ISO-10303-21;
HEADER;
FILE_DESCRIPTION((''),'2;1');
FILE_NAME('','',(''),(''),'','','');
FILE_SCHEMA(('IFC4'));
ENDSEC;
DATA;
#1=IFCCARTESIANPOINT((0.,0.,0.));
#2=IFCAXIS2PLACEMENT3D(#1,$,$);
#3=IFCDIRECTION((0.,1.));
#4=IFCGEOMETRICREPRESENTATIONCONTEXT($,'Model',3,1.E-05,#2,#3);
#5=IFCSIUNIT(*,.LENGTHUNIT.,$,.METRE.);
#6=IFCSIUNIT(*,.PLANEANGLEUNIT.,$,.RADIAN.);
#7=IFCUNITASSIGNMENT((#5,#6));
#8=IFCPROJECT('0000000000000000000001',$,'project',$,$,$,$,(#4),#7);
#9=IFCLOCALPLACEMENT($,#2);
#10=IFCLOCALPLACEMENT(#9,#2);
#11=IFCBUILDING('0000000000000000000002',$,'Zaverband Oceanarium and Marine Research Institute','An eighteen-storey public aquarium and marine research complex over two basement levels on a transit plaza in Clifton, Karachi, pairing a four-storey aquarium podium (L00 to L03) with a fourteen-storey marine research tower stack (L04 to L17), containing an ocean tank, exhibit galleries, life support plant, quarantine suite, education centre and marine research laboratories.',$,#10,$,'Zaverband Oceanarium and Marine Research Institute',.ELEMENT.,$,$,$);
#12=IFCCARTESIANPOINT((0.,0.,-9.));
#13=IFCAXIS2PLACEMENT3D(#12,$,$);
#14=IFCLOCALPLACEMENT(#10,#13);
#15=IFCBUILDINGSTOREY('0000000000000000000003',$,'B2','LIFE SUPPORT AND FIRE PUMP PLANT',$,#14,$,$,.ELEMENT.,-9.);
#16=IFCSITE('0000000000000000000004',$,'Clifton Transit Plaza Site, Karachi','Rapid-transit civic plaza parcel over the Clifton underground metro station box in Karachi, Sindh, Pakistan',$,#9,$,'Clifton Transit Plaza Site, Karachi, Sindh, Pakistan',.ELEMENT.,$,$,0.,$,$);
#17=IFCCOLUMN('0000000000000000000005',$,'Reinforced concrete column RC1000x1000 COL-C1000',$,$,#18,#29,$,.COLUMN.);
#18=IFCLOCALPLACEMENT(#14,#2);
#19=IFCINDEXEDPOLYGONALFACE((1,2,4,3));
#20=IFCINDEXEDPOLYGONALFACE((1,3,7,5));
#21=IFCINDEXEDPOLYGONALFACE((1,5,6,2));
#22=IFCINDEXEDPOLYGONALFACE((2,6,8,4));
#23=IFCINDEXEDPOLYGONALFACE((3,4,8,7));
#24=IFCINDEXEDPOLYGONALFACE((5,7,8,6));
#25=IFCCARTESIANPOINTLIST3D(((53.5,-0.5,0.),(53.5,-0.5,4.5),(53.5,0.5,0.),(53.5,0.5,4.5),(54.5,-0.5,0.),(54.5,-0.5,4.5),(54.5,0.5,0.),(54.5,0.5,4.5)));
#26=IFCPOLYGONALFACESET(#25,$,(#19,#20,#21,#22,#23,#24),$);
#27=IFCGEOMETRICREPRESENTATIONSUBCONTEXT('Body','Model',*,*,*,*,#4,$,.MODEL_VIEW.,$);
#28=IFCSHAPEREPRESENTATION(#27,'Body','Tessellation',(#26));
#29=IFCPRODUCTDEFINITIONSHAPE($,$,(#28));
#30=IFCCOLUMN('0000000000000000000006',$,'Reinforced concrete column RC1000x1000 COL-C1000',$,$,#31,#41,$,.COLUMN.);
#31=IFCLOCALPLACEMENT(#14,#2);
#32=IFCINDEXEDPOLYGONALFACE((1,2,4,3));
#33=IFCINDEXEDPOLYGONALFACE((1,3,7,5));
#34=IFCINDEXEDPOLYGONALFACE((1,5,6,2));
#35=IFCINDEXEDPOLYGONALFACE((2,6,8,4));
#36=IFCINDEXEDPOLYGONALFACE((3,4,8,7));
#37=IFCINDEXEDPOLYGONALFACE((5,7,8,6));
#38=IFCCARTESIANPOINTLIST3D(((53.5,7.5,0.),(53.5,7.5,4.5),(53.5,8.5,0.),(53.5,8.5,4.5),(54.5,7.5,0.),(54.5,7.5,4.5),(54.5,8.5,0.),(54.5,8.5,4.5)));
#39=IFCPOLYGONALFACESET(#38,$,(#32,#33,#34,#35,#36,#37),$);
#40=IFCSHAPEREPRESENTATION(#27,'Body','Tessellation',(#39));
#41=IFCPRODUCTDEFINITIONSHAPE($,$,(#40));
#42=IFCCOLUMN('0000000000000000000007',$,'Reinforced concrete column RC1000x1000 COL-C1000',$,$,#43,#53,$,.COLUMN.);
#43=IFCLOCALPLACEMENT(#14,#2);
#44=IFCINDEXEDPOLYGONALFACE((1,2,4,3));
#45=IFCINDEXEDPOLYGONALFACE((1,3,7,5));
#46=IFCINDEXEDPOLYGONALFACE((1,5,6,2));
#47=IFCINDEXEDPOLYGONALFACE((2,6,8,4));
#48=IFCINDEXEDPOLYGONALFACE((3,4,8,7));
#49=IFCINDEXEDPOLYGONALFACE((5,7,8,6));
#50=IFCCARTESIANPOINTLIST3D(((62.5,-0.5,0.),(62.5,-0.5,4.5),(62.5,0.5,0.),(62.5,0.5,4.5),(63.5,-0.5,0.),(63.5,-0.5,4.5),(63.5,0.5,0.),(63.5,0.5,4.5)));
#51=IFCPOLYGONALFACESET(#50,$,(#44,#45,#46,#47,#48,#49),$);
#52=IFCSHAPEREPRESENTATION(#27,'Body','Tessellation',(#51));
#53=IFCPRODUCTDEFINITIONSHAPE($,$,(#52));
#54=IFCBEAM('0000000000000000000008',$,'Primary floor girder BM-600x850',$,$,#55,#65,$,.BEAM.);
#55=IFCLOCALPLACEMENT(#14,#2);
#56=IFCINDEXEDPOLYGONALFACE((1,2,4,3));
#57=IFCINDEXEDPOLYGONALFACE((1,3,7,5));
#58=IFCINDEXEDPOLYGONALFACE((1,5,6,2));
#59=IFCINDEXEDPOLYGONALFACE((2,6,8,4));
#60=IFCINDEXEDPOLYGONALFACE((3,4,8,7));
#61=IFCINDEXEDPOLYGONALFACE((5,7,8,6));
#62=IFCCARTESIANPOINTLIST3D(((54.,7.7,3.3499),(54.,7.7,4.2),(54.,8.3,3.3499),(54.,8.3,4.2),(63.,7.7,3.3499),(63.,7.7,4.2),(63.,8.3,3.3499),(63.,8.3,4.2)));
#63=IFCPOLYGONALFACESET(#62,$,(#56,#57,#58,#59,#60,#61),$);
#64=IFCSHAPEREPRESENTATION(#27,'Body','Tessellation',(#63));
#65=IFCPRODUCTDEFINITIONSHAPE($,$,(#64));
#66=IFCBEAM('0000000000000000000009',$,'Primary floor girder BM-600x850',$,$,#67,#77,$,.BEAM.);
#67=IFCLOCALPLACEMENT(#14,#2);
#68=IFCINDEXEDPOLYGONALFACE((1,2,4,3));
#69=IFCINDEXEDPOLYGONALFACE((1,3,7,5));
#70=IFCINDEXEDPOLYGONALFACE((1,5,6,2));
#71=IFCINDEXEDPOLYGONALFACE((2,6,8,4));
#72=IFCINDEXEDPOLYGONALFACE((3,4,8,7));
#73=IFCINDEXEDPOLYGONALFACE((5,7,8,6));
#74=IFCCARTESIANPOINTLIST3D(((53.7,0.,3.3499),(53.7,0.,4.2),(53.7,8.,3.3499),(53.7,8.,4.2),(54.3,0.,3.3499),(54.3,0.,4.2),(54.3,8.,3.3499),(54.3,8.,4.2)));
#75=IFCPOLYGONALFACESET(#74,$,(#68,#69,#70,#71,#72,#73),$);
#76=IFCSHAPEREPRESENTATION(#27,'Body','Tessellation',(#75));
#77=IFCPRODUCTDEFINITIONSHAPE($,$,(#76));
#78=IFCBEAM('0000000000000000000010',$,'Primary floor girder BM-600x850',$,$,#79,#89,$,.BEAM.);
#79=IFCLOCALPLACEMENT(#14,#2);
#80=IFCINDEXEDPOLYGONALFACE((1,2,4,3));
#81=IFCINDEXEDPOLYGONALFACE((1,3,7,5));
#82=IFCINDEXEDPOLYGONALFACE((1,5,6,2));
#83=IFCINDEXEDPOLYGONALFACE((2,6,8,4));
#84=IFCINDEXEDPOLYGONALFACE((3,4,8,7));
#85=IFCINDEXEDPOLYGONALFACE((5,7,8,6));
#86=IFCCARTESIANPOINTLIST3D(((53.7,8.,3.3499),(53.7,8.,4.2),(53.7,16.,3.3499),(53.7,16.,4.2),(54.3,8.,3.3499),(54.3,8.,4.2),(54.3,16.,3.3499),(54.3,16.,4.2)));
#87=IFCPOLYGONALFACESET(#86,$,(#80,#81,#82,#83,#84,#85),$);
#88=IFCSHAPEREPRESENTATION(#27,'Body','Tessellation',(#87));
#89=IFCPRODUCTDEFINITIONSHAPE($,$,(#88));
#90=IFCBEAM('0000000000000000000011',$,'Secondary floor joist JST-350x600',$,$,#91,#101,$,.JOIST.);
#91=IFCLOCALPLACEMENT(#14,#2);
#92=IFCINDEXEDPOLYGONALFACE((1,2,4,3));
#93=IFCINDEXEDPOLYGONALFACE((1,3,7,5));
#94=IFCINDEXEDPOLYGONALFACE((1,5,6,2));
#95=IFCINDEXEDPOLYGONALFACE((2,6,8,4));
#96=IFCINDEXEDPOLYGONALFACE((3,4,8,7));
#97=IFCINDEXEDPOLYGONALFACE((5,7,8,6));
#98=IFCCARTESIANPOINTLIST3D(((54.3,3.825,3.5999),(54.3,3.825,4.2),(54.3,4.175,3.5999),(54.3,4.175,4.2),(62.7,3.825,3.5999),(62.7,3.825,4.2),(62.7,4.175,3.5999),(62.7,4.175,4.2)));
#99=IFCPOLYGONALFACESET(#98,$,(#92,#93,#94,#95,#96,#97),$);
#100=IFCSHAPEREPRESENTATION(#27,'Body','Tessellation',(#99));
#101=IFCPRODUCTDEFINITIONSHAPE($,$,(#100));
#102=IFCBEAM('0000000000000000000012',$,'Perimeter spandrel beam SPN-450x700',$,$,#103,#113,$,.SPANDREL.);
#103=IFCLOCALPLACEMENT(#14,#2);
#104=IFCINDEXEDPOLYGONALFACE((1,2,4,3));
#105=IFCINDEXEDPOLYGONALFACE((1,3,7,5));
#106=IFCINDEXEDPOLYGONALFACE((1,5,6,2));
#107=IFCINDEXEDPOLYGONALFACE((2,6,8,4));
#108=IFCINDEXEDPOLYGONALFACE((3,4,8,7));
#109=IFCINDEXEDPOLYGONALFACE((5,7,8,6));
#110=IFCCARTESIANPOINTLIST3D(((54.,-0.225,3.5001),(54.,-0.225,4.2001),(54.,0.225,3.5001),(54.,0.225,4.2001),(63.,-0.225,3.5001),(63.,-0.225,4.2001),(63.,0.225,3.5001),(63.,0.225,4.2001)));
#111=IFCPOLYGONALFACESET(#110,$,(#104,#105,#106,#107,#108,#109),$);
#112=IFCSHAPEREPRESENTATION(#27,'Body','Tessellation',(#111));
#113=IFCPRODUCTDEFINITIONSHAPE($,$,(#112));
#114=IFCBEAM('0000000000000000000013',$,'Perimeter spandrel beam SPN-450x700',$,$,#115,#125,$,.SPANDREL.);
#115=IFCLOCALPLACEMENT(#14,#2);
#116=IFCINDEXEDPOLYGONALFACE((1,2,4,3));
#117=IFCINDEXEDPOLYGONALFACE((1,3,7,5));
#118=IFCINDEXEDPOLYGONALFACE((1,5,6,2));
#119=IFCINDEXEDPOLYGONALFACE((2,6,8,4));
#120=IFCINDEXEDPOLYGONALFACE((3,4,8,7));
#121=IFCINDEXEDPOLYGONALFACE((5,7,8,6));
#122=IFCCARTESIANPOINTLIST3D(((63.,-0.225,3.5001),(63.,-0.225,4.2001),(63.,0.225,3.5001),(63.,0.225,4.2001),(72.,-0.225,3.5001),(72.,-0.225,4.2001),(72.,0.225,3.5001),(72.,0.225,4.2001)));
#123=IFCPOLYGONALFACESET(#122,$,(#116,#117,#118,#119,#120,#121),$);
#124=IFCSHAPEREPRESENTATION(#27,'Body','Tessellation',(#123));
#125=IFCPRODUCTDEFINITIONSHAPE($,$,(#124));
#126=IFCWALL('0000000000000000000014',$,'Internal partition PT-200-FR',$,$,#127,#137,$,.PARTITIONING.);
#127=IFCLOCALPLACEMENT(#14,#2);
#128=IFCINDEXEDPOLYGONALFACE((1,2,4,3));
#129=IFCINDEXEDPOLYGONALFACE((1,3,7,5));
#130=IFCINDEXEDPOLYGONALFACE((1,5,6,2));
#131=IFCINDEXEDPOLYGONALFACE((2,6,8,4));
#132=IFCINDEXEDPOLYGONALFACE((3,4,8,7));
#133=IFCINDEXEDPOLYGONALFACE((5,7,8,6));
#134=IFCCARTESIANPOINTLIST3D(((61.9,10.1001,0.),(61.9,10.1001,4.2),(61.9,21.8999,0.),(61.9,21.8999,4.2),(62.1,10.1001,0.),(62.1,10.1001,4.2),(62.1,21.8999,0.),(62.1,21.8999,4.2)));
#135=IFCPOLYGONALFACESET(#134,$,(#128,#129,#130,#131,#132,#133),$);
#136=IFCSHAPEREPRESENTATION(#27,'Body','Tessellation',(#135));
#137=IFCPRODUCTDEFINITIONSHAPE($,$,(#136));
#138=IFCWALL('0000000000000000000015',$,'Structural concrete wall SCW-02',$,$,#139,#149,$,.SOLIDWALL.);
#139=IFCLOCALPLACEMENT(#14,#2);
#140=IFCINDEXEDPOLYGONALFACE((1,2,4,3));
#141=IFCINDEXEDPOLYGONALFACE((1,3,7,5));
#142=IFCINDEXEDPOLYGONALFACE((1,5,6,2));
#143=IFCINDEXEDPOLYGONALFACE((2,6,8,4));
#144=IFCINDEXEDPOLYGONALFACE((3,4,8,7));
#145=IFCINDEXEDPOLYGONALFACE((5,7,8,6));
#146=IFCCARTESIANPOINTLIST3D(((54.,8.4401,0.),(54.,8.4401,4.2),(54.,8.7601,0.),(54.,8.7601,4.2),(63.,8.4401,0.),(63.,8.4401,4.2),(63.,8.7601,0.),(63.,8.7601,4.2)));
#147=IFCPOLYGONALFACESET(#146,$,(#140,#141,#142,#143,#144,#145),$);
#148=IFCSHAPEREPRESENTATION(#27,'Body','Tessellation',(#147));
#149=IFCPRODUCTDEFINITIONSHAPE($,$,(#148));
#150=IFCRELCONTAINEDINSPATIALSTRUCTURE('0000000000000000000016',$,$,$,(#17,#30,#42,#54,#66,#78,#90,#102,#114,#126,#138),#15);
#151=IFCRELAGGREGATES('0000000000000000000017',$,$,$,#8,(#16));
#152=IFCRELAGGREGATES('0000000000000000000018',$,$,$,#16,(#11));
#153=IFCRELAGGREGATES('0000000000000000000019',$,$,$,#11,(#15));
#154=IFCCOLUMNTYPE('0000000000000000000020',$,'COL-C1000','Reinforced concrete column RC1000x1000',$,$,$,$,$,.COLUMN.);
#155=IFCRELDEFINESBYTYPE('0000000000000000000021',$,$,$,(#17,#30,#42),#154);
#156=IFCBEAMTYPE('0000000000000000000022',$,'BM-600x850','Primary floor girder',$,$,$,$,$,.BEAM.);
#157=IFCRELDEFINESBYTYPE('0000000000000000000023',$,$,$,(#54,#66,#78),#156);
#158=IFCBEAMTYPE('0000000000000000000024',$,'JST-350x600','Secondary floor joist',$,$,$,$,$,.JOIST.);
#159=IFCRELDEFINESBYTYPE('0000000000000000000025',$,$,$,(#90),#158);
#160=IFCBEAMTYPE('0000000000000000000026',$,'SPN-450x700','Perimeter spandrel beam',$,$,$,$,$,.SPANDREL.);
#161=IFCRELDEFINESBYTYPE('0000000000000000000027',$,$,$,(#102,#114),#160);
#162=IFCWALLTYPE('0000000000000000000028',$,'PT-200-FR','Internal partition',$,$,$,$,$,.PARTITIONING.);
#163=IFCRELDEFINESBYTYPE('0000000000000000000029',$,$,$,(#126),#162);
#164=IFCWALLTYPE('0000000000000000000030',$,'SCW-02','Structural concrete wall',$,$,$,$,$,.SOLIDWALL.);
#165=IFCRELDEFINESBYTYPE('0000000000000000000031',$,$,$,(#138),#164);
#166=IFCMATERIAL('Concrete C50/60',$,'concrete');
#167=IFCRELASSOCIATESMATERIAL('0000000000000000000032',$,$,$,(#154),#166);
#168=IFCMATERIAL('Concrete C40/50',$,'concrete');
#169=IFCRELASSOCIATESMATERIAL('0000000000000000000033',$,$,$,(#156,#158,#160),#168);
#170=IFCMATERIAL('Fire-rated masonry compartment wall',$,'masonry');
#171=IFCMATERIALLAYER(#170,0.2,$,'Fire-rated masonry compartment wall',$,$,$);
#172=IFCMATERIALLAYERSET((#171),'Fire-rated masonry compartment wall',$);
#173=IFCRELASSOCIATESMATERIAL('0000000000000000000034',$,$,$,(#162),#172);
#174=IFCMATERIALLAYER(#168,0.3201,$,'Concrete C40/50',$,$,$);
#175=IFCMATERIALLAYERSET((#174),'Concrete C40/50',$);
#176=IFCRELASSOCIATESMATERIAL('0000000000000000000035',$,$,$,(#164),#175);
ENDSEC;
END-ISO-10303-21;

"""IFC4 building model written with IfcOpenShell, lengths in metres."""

from ifc_helpers import new_model, si_unit, direction, frame, frame_2d, origin, origin_2d, place, context, subcontext, project, spatial, rectangle, extrude, material, layer, layer_set, material_profile, profile_set, type_object, element, save


model = new_model("IFC4")

# Units and contexts
model_context = context("Model", 3, precision=1e-05, world=origin(), true_north=direction((0.0, 1.0)))
body_context = subcontext(model_context, "Body", "Model", "MODEL_VIEW")
ifc_project = project(units=[si_unit("LENGTHUNIT", "METRE"), si_unit("PLANEANGLEUNIT", "RADIAN")], contexts=[model_context])

# Site, building, storey
site_placement = place(None, origin())
site = spatial("IfcSite", under=ifc_project, at=site_placement, Name="Clifton Transit Plaza Site, Karachi", Description="Rapid-transit civic plaza parcel over the Clifton underground metro station box in Karachi, Sindh, Pakistan", LongName="Clifton Transit Plaza Site, Karachi, Sindh, Pakistan", CompositionType="ELEMENT", RefElevation=0.0)
building_placement = place(site_placement, origin())
building = spatial("IfcBuilding", under=site, at=building_placement, Name="Zaverband Oceanarium and Marine Research Institute", Description="An eighteen-storey public aquarium and marine research complex over two basement levels on a transit plaza in Clifton, Karachi, pairing a four-storey aquarium podium (L00 to L03) with a fourteen-storey marine research tower stack (L04 to L17), containing an ocean tank, exhibit galleries, life support plant, quarantine suite, education centre and marine research laboratories.", LongName="Zaverband Oceanarium and Marine Research Institute", CompositionType="ELEMENT")
storey_placement = place(building_placement, frame((0.0, 0.0, -9.0)))
storey = spatial("IfcBuildingStorey", under=building, at=storey_placement, Name="B2", Description="LIFE SUPPORT AND FIRE PUMP PLANT", CompositionType="ELEMENT", Elevation=-9.0)

# Shared definitions
ifc_material_1 = material(Name="Concrete C50/60", Category="concrete")

# Columns
ifc_material_profile_1 = material_profile(ifc_material_1, rectangle(XDim=1.0, YDim=1.0, at=origin_2d()), Name="RC1000x1000")
ifc_profile_set_1 = profile_set([ifc_material_profile_1], Name="Concrete C50/60")
column_type = type_object("IfcColumnType", Name="COL-C1000", Description="Reinforced concrete column RC1000x1000", PredefinedType="COLUMN", material=ifc_profile_set_1)
for number, where, z_axis, x_axis, name in (
    (1, (54.0, 0.0, 0.0), (0.0, 0.0, 1.0), (1.0, 0.0, 0.0), "Reinforced concrete column RC1000x1000 COL-C1000"),
    (2, (54.0, 8.0, 0.0), (0.0, 0.0, 1.0), (1.0, 0.0, 0.0), "Reinforced concrete column RC1000x1000 COL-C1000"),
    (3, (63.0, 0.0, 0.0), (0.0, 0.0, 1.0), (1.0, 0.0, 0.0), "Reinforced concrete column RC1000x1000 COL-C1000"),
):
    element("IfcColumn", number, at=place(storey_placement, frame(where, z_axis=z_axis, x_axis=x_axis)), inside=storey, type_object=column_type, Name=name, PredefinedType="COLUMN", context=body_context, shape_type="SweptSolid", body=[
        extrude(rectangle(XDim=1.0, YDim=1.0, at=origin_2d()), origin(), (0.0, 0.0, 1.0), 4.5),
    ])

# Beams
ifc_material_2 = material(Name="Concrete C40/50", Category="concrete")
ifc_material_profile_2 = material_profile(ifc_material_2, rectangle(XDim=0.6001, YDim=0.8501, at=origin_2d()), Name="RC600x850")
ifc_profile_set_2 = profile_set([ifc_material_profile_2], Name="Concrete C40/50")
beam_type_1 = type_object("IfcBeamType", Name="BM-600x850", Description="Primary floor girder", PredefinedType="BEAM", material=ifc_profile_set_2)
beam_1_placement = place(storey_placement, frame((54.0, 8.0, 3.7749), z_axis=(1.0, 0.0, 0.0), x_axis=(0.0, 1.0, 0.0)))
element("IfcBeam", 4, at=beam_1_placement, inside=storey, type_object=beam_type_1, Name="Primary floor girder BM-600x850", PredefinedType="BEAM", context=body_context, shape_type="SweptSolid", body=[
    extrude(rectangle(XDim=0.6001, YDim=0.8501, at=origin_2d()), origin(), (0.0, 0.0, 1.0), 9.0),
])
for number, where, z_axis, x_axis, name in (
    (5, (54.0, 0.0, 3.7749), (0.0, 1.0, 0.0), (-1.0, 0.0, 0.0), "Primary floor girder BM-600x850"),
    (6, (54.0, 8.0, 3.7749), (0.0, 1.0, 0.0), (-1.0, 0.0, 0.0), "Primary floor girder BM-600x850"),
):
    element("IfcBeam", number, at=place(storey_placement, frame(where, z_axis=z_axis, x_axis=x_axis)), inside=storey, type_object=beam_type_1, Name=name, PredefinedType="BEAM", context=body_context, shape_type="SweptSolid", body=[
        extrude(rectangle(XDim=0.6001, YDim=0.8501, at=origin_2d()), origin(), (0.0, 0.0, 1.0), 8.0),
    ])
ifc_material_profile_3 = material_profile(ifc_material_2, rectangle(XDim=0.3501, YDim=0.6001, at=origin_2d()), Name="RC350x600")
ifc_profile_set_3 = profile_set([ifc_material_profile_3], Name="Concrete C40/50")
beam_type_2 = type_object("IfcBeamType", Name="JST-350x600", Description="Secondary floor joist", PredefinedType="JOIST", material=ifc_profile_set_3)
beam_2_placement = place(storey_placement, frame((54.3, 4.0, 3.8999), z_axis=(1.0, 0.0, 0.0), x_axis=(0.0, 1.0, 0.0)))
element("IfcBeam", 7, at=beam_2_placement, inside=storey, type_object=beam_type_2, Name="Secondary floor joist JST-350x600", PredefinedType="JOIST", context=body_context, shape_type="SweptSolid", body=[
    extrude(rectangle(XDim=0.3501, YDim=0.6001, at=origin_2d()), origin(), (0.0, 0.0, 1.0), 8.3999),
])
ifc_material_profile_4 = material_profile(ifc_material_2, rectangle(XDim=0.45, YDim=0.7, at=origin_2d()), Name="RC450x700")
ifc_profile_set_4 = profile_set([ifc_material_profile_4], Name="Concrete C40/50")
beam_type_3 = type_object("IfcBeamType", Name="SPN-450x700", Description="Perimeter spandrel beam", PredefinedType="SPANDREL", material=ifc_profile_set_4)
for number, where, z_axis, x_axis, name in (
    (8, (54.0, 0.0, 3.8501), (1.0, 0.0, 0.0), (0.0, 1.0, 0.0), "Perimeter spandrel beam SPN-450x700"),
    (9, (63.0, 0.0, 3.8501), (1.0, 0.0, 0.0), (0.0, 1.0, 0.0), "Perimeter spandrel beam SPN-450x700"),
):
    element("IfcBeam", number, at=place(storey_placement, frame(where, z_axis=z_axis, x_axis=x_axis)), inside=storey, type_object=beam_type_3, Name=name, PredefinedType="SPANDREL", context=body_context, shape_type="SweptSolid", body=[
        extrude(rectangle(XDim=0.45, YDim=0.7, at=origin_2d()), origin(), (0.0, 0.0, 1.0), 9.0),
    ])

# Walls
ifc_material_3 = material(Name="Fire-rated masonry compartment wall", Category="masonry")
ifc_layer_1 = layer(ifc_material_3, 0.2, Name="Fire-rated masonry compartment wall")
ifc_layer_set_1 = layer_set([ifc_layer_1], Name="Fire-rated masonry compartment wall")
wall_type_1 = type_object("IfcWallType", Name="PT-200-FR", Description="Internal partition", PredefinedType="PARTITIONING", material=ifc_layer_set_1)
wall_1_placement = place(storey_placement, frame((62.0, 10.1001, 0.0), z_axis=(0.0, 0.0, 1.0), x_axis=(0.0, 1.0, 0.0)))
element("IfcWall", 10, at=wall_1_placement, inside=storey, type_object=wall_type_1, Name="Internal partition PT-200-FR", PredefinedType="PARTITIONING", context=body_context, shape_type="SweptSolid", body=[
    extrude(rectangle(XDim=11.7998, YDim=0.2, at=frame_2d((5.8999, 0.0))), origin(), (0.0, 0.0, 1.0), 4.2),
])
ifc_layer_2 = layer(ifc_material_2, 0.3201, Name="Concrete C40/50")
ifc_layer_set_2 = layer_set([ifc_layer_2], Name="Concrete C40/50")
wall_type_2 = type_object("IfcWallType", Name="SCW-02", Description="Structural concrete wall", PredefinedType="SOLIDWALL", material=ifc_layer_set_2)
wall_2_placement = place(storey_placement, frame((54.0, 8.6001, 0.0), z_axis=(0.0, 0.0, 1.0), x_axis=(1.0, 0.0, 0.0)))
element("IfcWall", 11, at=wall_2_placement, inside=storey, type_object=wall_type_2, Name="Structural concrete wall SCW-02", PredefinedType="SOLIDWALL", context=body_context, shape_type="SweptSolid", body=[
    extrude(rectangle(XDim=9.0, YDim=0.3201, at=frame_2d((4.5, 0.0))), origin(), (0.0, 0.0, 1.0), 4.2),
])

save(model, "model.ifc")
